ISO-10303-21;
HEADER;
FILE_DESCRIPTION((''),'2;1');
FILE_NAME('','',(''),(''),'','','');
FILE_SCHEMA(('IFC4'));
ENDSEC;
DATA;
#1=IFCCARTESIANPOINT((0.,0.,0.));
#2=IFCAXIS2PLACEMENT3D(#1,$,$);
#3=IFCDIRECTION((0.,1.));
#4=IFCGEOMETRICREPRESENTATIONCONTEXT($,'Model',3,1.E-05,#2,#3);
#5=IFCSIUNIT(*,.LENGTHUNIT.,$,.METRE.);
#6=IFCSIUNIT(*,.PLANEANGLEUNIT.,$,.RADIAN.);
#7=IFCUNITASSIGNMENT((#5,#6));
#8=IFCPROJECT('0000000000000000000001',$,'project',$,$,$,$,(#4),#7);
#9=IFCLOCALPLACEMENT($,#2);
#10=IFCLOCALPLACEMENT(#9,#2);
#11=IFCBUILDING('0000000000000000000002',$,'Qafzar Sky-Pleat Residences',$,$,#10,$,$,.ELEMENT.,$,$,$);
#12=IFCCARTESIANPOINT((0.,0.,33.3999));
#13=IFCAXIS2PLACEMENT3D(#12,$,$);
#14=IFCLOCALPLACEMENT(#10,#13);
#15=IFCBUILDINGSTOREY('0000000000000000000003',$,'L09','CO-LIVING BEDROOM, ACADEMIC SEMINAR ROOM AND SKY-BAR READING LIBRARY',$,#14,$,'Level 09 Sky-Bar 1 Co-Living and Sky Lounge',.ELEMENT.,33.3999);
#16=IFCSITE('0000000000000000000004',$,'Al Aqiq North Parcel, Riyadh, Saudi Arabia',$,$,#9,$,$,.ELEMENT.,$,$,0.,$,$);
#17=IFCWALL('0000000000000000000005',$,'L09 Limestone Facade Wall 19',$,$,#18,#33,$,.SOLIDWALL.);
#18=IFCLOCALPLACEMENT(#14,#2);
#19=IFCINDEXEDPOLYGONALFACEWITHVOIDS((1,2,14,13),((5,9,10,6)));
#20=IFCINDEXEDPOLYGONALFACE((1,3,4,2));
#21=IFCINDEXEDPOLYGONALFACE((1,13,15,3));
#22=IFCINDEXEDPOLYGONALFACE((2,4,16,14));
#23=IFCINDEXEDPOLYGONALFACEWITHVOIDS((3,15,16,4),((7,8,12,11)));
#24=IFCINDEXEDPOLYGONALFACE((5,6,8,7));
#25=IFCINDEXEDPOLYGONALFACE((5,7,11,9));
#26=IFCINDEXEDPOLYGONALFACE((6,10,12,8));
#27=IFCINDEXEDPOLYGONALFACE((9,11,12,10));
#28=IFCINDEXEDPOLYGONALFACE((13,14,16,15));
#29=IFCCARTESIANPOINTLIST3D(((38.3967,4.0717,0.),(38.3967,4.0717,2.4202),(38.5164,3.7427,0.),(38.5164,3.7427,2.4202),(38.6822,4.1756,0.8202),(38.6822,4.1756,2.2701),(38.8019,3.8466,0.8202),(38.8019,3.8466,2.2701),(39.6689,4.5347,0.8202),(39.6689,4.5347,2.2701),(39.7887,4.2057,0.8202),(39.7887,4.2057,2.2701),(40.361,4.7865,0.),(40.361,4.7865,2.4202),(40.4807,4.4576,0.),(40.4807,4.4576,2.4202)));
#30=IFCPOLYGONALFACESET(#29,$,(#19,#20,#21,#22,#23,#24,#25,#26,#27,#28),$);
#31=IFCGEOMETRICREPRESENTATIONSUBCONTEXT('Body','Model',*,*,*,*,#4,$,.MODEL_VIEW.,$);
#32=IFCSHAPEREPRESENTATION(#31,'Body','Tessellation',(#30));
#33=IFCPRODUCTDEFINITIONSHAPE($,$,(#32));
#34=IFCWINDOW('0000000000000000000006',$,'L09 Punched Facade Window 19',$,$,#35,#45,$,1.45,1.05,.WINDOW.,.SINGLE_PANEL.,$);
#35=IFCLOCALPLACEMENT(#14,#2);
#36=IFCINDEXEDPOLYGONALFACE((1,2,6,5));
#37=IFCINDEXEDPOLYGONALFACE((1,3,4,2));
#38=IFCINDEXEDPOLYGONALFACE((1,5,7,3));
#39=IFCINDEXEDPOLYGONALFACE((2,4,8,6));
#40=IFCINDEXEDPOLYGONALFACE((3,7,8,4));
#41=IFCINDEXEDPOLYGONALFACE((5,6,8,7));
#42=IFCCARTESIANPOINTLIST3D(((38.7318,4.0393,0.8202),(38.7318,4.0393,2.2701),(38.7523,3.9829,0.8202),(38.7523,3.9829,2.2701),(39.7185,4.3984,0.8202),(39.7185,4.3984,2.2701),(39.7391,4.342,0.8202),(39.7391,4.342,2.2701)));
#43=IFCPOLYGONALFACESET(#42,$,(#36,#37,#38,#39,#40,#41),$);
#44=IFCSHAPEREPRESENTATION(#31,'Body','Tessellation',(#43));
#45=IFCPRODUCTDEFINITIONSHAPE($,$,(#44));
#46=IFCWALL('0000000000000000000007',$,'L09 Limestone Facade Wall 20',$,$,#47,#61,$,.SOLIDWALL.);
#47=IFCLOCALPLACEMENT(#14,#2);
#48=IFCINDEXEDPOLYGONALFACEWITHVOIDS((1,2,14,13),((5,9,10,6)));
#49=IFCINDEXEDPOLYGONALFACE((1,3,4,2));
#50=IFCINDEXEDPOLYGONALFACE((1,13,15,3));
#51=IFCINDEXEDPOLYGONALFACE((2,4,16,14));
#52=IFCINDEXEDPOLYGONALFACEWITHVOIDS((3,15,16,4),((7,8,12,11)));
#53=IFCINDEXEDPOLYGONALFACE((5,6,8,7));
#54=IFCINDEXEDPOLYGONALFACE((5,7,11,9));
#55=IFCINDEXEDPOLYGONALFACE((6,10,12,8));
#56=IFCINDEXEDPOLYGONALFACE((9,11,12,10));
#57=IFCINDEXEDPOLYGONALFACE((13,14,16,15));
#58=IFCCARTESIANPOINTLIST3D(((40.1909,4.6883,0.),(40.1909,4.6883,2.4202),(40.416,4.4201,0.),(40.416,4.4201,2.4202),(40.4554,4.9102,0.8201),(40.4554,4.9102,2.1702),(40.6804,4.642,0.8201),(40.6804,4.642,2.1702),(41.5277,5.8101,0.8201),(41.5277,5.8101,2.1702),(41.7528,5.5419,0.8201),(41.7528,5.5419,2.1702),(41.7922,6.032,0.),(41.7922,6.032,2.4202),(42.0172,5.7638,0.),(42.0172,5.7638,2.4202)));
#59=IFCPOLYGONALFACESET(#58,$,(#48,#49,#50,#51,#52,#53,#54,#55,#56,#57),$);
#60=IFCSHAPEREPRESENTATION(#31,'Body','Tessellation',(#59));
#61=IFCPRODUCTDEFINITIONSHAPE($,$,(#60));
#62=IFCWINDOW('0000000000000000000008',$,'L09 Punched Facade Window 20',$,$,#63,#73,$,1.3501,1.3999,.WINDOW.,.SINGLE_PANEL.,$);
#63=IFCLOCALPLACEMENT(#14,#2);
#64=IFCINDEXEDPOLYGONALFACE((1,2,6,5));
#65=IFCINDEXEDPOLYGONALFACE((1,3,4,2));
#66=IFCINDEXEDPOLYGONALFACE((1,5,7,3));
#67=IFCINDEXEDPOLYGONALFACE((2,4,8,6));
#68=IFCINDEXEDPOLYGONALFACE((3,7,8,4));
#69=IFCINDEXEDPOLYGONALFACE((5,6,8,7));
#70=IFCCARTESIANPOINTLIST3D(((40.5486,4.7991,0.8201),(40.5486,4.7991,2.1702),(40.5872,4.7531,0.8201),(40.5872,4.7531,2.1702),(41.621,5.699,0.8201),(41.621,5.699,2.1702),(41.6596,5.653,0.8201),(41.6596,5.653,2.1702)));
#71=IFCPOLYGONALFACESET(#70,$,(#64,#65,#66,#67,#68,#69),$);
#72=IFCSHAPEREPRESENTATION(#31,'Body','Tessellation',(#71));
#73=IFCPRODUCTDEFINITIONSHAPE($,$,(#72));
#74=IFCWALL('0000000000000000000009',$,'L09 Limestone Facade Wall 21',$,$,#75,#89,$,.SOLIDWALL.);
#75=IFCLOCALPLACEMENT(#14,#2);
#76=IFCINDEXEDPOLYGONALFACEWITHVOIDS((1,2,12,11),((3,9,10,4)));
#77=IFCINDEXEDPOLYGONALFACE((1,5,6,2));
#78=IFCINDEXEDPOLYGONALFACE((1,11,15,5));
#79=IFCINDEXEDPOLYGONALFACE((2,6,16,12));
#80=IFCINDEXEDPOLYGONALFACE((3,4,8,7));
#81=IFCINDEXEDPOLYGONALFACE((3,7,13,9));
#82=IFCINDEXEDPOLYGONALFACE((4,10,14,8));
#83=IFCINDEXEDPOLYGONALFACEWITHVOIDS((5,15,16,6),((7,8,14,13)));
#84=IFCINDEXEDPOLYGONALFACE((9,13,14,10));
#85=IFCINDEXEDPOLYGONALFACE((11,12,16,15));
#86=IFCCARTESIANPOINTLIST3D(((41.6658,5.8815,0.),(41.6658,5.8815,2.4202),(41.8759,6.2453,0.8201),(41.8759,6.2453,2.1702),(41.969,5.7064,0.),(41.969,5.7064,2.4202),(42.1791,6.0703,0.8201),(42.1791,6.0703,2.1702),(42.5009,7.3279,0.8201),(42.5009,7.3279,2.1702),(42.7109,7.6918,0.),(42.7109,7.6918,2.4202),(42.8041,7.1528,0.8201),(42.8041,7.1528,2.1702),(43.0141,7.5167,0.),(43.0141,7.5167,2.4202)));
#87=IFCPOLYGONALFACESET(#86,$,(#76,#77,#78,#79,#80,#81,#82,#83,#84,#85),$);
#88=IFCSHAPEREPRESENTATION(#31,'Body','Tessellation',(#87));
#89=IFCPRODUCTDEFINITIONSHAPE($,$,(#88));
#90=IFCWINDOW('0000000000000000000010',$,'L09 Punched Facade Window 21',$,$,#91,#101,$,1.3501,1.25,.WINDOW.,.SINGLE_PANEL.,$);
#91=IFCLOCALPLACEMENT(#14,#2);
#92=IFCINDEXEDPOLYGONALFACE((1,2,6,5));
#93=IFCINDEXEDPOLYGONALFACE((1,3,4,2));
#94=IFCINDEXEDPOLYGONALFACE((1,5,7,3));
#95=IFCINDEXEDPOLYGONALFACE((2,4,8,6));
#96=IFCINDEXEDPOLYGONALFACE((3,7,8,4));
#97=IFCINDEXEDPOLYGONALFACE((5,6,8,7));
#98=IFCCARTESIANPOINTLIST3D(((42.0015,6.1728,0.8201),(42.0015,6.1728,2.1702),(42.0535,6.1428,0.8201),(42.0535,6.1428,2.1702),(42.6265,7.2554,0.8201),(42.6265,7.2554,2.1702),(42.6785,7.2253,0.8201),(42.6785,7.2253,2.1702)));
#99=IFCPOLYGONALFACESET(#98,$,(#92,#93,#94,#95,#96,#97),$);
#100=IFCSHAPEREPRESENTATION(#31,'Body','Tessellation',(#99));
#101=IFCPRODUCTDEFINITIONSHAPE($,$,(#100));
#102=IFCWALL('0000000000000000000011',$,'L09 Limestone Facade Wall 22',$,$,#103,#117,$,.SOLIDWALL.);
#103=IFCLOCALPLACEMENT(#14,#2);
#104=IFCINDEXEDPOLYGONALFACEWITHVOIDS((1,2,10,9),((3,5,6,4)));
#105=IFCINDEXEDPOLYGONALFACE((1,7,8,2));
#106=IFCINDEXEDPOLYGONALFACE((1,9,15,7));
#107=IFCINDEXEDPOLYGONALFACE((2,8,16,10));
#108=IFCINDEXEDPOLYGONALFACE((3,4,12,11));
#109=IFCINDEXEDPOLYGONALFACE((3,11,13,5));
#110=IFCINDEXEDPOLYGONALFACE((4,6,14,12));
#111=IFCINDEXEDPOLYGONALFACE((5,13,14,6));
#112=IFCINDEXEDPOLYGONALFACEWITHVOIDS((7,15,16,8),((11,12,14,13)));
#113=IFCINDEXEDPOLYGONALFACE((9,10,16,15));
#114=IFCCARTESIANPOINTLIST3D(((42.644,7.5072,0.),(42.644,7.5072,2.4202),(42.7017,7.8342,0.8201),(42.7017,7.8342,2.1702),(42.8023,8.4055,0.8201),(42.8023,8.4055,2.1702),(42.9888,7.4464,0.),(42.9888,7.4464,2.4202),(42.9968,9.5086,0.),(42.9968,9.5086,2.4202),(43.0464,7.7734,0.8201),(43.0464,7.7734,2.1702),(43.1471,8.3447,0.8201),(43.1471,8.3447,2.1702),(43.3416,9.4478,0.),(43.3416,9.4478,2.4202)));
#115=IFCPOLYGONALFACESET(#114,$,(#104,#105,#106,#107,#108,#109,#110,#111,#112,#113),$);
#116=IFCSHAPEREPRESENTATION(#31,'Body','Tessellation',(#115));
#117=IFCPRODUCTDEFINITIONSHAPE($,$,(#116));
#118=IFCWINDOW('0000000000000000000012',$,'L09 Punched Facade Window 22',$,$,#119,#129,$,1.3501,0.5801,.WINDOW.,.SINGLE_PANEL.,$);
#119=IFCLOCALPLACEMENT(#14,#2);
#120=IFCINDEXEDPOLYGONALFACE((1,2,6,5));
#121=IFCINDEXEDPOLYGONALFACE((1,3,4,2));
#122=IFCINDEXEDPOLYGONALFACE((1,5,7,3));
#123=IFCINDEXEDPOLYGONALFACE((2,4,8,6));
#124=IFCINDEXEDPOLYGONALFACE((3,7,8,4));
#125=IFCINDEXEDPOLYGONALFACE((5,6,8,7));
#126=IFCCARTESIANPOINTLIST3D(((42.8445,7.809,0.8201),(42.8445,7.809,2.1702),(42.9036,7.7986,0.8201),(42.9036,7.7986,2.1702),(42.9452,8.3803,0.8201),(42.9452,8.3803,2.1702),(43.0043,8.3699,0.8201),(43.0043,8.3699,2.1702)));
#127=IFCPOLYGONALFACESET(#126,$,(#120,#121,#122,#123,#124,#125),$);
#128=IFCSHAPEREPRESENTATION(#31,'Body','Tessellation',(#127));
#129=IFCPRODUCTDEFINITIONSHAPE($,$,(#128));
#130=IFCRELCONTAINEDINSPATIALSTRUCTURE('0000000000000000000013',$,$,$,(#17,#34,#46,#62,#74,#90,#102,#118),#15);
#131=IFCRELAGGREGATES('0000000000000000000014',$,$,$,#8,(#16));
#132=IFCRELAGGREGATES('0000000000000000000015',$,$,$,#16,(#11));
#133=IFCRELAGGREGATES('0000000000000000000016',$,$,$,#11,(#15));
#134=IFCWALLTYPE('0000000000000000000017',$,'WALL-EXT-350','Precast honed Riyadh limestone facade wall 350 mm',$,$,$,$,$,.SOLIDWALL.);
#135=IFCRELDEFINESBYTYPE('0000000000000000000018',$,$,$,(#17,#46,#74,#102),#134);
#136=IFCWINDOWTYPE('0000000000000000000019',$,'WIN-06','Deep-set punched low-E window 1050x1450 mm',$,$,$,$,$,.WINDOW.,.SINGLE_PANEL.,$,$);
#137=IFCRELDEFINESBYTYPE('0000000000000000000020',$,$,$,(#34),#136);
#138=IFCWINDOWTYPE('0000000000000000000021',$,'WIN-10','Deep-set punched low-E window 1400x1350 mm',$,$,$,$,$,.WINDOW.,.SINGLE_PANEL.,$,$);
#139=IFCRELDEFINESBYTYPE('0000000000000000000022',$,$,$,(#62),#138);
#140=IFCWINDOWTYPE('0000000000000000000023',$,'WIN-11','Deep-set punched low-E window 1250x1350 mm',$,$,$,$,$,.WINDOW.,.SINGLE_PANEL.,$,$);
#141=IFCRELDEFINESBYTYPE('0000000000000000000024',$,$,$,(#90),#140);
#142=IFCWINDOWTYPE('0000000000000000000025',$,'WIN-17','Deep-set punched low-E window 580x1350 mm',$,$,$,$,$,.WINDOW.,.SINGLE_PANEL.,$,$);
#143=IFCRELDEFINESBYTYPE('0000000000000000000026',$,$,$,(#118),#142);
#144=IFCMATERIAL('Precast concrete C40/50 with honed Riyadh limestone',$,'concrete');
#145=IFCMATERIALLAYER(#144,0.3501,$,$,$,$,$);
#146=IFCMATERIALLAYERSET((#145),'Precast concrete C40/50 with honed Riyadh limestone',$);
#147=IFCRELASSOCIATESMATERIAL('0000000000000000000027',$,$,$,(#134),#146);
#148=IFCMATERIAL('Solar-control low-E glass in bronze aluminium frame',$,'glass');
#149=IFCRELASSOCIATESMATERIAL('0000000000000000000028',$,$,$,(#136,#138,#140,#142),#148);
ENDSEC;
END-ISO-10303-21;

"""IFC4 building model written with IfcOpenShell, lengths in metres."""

from ifc_helpers import new_model, si_unit, direction, frame, frame_2d, origin, place, context, subcontext, project, spatial, rectangle, extrude, source, transform, mapped, material, layer, layer_set, type_object, element, fill, save


model = new_model("IFC4")

# Units and contexts
model_context = context("Model", 3, precision=1e-05, world=origin(), true_north=direction((0.0, 1.0)))
body_context = subcontext(model_context, "Body", "Model", "MODEL_VIEW")
ifc_project = project(units=[si_unit("LENGTHUNIT", "METRE"), si_unit("PLANEANGLEUNIT", "RADIAN")], contexts=[model_context])

# Site, building, storey
site_placement = place(None, origin())
site = spatial("IfcSite", under=ifc_project, at=site_placement, Name="Al Aqiq North Parcel, Riyadh, Saudi Arabia", CompositionType="ELEMENT", RefElevation=0.0)
building_placement = place(site_placement, origin())
building = spatial("IfcBuilding", under=site, at=building_placement, Name="Qafzar Sky-Pleat Residences", CompositionType="ELEMENT")
storey_placement = place(building_placement, frame((0.0, 0.0, 33.3999)))
storey = spatial("IfcBuildingStorey", under=building, at=storey_placement, Name="L09", Description="CO-LIVING BEDROOM, ACADEMIC SEMINAR ROOM AND SKY-BAR READING LIBRARY", LongName="Level 09 Sky-Bar 1 Co-Living and Sky Lounge", CompositionType="ELEMENT", Elevation=33.3999)

# Walls, openings, windows
ifc_material_1 = material(Name="Precast concrete C40/50 with honed Riyadh limestone", Category="concrete")
ifc_layer_1 = layer(ifc_material_1, 0.3501)
ifc_layer_set_1 = layer_set([ifc_layer_1], Name="Precast concrete C40/50 with honed Riyadh limestone")
wall_type_1 = type_object("IfcWallType", Name="WALL-EXT-350", Description="Precast honed Riyadh limestone facade wall 350 mm", PredefinedType="SOLIDWALL", material=ifc_layer_set_1)
wall_1_placement = place(storey_placement, frame((38.4565, 3.9072, 0.0), z_axis=(0.0, 0.0, 1.0), x_axis=(0.939712, 0.341968, 0.0)))
wall_1 = element("IfcWall", 1, at=wall_1_placement, inside=storey, type_object=wall_type_1, Name="L09 Limestone Facade Wall 19", PredefinedType="SOLIDWALL", context=body_context, shape_type="SweptSolid", body=[
    extrude(rectangle(XDim=2.0903, YDim=0.3501, at=frame_2d((1.0452, 0.0))), origin(), (0.0, 0.0, 1.0), 2.4202),
])
opening_1_placement = place(wall_1_placement, frame((0.304, 0.0, 0.8201)))
opening_1 = element("IfcOpeningElement", 2, at=opening_1_placement, cuts=wall_1, PredefinedType="OPENING", context=body_context, shape_type="SweptSolid", body=[
    extrude(rectangle(XDim=1.05, YDim=1.45, at=frame_2d((0.5249, 0.7251))), frame((0.0, 0.1851, 0.0), z_axis=(0.0, -1.0, 0.0), x_axis=(1.0, 0.0, 0.0)), (0.0, 0.0, 1.0), 0.3701),
])
ifc_material_2 = material(Name="Solar-control low-E glass in bronze aluminium frame", Category="glass")
window_type_1 = type_object("IfcWindowType", Name="WIN-06", Description="Deep-set punched low-E window 1050x1450 mm", PartitioningType="SINGLE_PANEL", PredefinedType="WINDOW", material=ifc_material_2)
shared_shape_1 = source(origin(), body_context, "Body", "SweptSolid", [
    extrude(rectangle(XDim=1.05, YDim=1.45, at=frame_2d((0.5249, 0.7251))), frame((0.0, 0.03, 0.0), z_axis=(0.0, -1.0, 0.0), x_axis=(1.0, 0.0, 0.0)), (0.0, 0.0, 1.0), 0.0601),
])
window_1_placement = place(opening_1_placement, origin())
window_1 = element("IfcWindow", 3, at=window_1_placement, inside=storey, type_object=window_type_1, Name="L09 Punched Facade Window 19", OverallHeight=1.45, OverallWidth=1.05, PartitioningType="SINGLE_PANEL", PredefinedType="WINDOW", context=body_context, shape_type="MappedRepresentation", body=[
    mapped(shared_shape_1, transform((0.0, 0.0, 0.0), x_axis=(1.0, 0.0, 0.0), y_axis=(0.0, 1.0, 0.0), z_axis=(0.0, 0.0, 1.0), scale=1.0)),
])
fill(opening_1, window_1)
wall_2_placement = place(storey_placement, frame((40.3035, 4.5542, 0.0), z_axis=(0.0, 0.0, 1.0), x_axis=(0.766025, 0.642811, 0.0)))
wall_2 = element("IfcWall", 4, at=wall_2_placement, inside=storey, type_object=wall_type_1, Name="L09 Limestone Facade Wall 20", PredefinedType="SOLIDWALL", context=body_context, shape_type="SweptSolid", body=[
    extrude(rectangle(XDim=2.0903, YDim=0.3501, at=frame_2d((1.0452, 0.0))), origin(), (0.0, 0.0, 1.0), 2.4202),
])
opening_2_placement = place(wall_2_placement, frame((0.3452, 0.0, 0.8201)))
opening_2 = element("IfcOpeningElement", 5, at=opening_2_placement, cuts=wall_2, PredefinedType="OPENING", context=body_context, shape_type="SweptSolid", body=[
    extrude(rectangle(XDim=1.3999, YDim=1.3501, at=frame_2d((0.7, 0.675))), frame((0.0, 0.1851, 0.0), z_axis=(0.0, -1.0, 0.0), x_axis=(1.0, 0.0, 0.0)), (0.0, 0.0, 1.0), 0.3701),
])
window_type_2 = type_object("IfcWindowType", Name="WIN-10", Description="Deep-set punched low-E window 1400x1350 mm", PartitioningType="SINGLE_PANEL", PredefinedType="WINDOW", material=ifc_material_2)
shared_shape_2 = source(origin(), body_context, "Body", "SweptSolid", [
    extrude(rectangle(XDim=1.3999, YDim=1.3501, at=frame_2d((0.7, 0.675))), frame((0.0, 0.03, 0.0), z_axis=(0.0, -1.0, 0.0), x_axis=(1.0, 0.0, 0.0)), (0.0, 0.0, 1.0), 0.0601),
])
window_2_placement = place(opening_2_placement, origin())
window_2 = element("IfcWindow", 6, at=window_2_placement, inside=storey, type_object=window_type_2, Name="L09 Punched Facade Window 20", OverallHeight=1.3501, OverallWidth=1.3999, PartitioningType="SINGLE_PANEL", PredefinedType="WINDOW", context=body_context, shape_type="MappedRepresentation", body=[
    mapped(shared_shape_2, transform((0.0, 0.0, 0.0), x_axis=(1.0, 0.0, 0.0), y_axis=(0.0, 1.0, 0.0), z_axis=(0.0, 0.0, 1.0), scale=1.0)),
])
fill(opening_2, window_2)
wall_3_placement = place(storey_placement, frame((41.8174, 5.7939, 0.0), z_axis=(0.0, 0.0, 1.0), x_axis=(0.499995, 0.866028, 0.0)))
wall_3 = element("IfcWall", 7, at=wall_3_placement, inside=storey, type_object=wall_type_1, Name="L09 Limestone Facade Wall 21", PredefinedType="SOLIDWALL", context=body_context, shape_type="SweptSolid", body=[
    extrude(rectangle(XDim=2.0903, YDim=0.3501, at=frame_2d((1.0452, 0.0))), origin(), (0.0, 0.0, 1.0), 2.4202),
])
opening_3_placement = place(wall_3_placement, frame((0.4202, 0.0, 0.8201)))
opening_3 = element("IfcOpeningElement", 8, at=opening_3_placement, cuts=wall_3, PredefinedType="OPENING", context=body_context, shape_type="SweptSolid", body=[
    extrude(rectangle(XDim=1.25, YDim=1.3501, at=frame_2d((0.625, 0.675))), frame((0.0, 0.1851, 0.0), z_axis=(0.0, -1.0, 0.0), x_axis=(1.0, 0.0, 0.0)), (0.0, 0.0, 1.0), 0.3701),
])
window_type_3 = type_object("IfcWindowType", Name="WIN-11", Description="Deep-set punched low-E window 1250x1350 mm", PartitioningType="SINGLE_PANEL", PredefinedType="WINDOW", material=ifc_material_2)
shared_shape_3 = source(origin(), body_context, "Body", "SweptSolid", [
    extrude(rectangle(XDim=1.25, YDim=1.3501, at=frame_2d((0.625, 0.675))), frame((0.0, 0.03, 0.0), z_axis=(0.0, -1.0, 0.0), x_axis=(1.0, 0.0, 0.0)), (0.0, 0.0, 1.0), 0.0601),
])
window_3_placement = place(opening_3_placement, origin())
window_3 = element("IfcWindow", 9, at=window_3_placement, inside=storey, type_object=window_type_3, Name="L09 Punched Facade Window 21", OverallHeight=1.3501, OverallWidth=1.25, PartitioningType="SINGLE_PANEL", PredefinedType="WINDOW", context=body_context, shape_type="MappedRepresentation", body=[
    mapped(shared_shape_3, transform((0.0, 0.0, 0.0), x_axis=(1.0, 0.0, 0.0), y_axis=(0.0, 1.0, 0.0), z_axis=(0.0, 0.0, 1.0), scale=1.0)),
])
fill(opening_3, window_3)
wall_4_placement = place(storey_placement, frame((42.8164, 7.4768, 0.0), z_axis=(0.0, 0.0, 1.0), x_axis=(0.173587, 0.984819, 0.0)))
wall_4 = element("IfcWall", 10, at=wall_4_placement, inside=storey, type_object=wall_type_1, Name="L09 Limestone Facade Wall 22", PredefinedType="SOLIDWALL", context=body_context, shape_type="SweptSolid", body=[
    extrude(rectangle(XDim=2.0322, YDim=0.3501, at=frame_2d((1.0161, 0.0))), origin(), (0.0, 0.0, 1.0), 2.4202),
])
opening_4_placement = place(wall_4_placement, frame((0.332, 0.0, 0.8201)))
opening_4 = element("IfcOpeningElement", 11, at=opening_4_placement, cuts=wall_4, PredefinedType="OPENING", context=body_context, shape_type="SweptSolid", body=[
    extrude(rectangle(XDim=0.5801, YDim=1.3501, at=frame_2d((0.29, 0.675))), frame((0.0, 0.1851, 0.0), z_axis=(0.0, -1.0, 0.0), x_axis=(1.0, 0.0, 0.0)), (0.0, 0.0, 1.0), 0.3701),
])
window_type_4 = type_object("IfcWindowType", Name="WIN-17", Description="Deep-set punched low-E window 580x1350 mm", PartitioningType="SINGLE_PANEL", PredefinedType="WINDOW", material=ifc_material_2)
shared_shape_4 = source(origin(), body_context, "Body", "SweptSolid", [
    extrude(rectangle(XDim=0.5801, YDim=1.3501, at=frame_2d((0.29, 0.675))), frame((0.0, 0.03, 0.0), z_axis=(0.0, -1.0, 0.0), x_axis=(1.0, 0.0, 0.0)), (0.0, 0.0, 1.0), 0.0601),
])
window_4_placement = place(opening_4_placement, origin())
window_4 = element("IfcWindow", 12, at=window_4_placement, inside=storey, type_object=window_type_4, Name="L09 Punched Facade Window 22", OverallHeight=1.3501, OverallWidth=0.5801, PartitioningType="SINGLE_PANEL", PredefinedType="WINDOW", context=body_context, shape_type="MappedRepresentation", body=[
    mapped(shared_shape_4, transform((0.0, 0.0, 0.0), x_axis=(1.0, 0.0, 0.0), y_axis=(0.0, 1.0, 0.0), z_axis=(0.0, 0.0, 1.0), scale=1.0)),
])
fill(opening_4, window_4)

save(model, "model.ifc")
